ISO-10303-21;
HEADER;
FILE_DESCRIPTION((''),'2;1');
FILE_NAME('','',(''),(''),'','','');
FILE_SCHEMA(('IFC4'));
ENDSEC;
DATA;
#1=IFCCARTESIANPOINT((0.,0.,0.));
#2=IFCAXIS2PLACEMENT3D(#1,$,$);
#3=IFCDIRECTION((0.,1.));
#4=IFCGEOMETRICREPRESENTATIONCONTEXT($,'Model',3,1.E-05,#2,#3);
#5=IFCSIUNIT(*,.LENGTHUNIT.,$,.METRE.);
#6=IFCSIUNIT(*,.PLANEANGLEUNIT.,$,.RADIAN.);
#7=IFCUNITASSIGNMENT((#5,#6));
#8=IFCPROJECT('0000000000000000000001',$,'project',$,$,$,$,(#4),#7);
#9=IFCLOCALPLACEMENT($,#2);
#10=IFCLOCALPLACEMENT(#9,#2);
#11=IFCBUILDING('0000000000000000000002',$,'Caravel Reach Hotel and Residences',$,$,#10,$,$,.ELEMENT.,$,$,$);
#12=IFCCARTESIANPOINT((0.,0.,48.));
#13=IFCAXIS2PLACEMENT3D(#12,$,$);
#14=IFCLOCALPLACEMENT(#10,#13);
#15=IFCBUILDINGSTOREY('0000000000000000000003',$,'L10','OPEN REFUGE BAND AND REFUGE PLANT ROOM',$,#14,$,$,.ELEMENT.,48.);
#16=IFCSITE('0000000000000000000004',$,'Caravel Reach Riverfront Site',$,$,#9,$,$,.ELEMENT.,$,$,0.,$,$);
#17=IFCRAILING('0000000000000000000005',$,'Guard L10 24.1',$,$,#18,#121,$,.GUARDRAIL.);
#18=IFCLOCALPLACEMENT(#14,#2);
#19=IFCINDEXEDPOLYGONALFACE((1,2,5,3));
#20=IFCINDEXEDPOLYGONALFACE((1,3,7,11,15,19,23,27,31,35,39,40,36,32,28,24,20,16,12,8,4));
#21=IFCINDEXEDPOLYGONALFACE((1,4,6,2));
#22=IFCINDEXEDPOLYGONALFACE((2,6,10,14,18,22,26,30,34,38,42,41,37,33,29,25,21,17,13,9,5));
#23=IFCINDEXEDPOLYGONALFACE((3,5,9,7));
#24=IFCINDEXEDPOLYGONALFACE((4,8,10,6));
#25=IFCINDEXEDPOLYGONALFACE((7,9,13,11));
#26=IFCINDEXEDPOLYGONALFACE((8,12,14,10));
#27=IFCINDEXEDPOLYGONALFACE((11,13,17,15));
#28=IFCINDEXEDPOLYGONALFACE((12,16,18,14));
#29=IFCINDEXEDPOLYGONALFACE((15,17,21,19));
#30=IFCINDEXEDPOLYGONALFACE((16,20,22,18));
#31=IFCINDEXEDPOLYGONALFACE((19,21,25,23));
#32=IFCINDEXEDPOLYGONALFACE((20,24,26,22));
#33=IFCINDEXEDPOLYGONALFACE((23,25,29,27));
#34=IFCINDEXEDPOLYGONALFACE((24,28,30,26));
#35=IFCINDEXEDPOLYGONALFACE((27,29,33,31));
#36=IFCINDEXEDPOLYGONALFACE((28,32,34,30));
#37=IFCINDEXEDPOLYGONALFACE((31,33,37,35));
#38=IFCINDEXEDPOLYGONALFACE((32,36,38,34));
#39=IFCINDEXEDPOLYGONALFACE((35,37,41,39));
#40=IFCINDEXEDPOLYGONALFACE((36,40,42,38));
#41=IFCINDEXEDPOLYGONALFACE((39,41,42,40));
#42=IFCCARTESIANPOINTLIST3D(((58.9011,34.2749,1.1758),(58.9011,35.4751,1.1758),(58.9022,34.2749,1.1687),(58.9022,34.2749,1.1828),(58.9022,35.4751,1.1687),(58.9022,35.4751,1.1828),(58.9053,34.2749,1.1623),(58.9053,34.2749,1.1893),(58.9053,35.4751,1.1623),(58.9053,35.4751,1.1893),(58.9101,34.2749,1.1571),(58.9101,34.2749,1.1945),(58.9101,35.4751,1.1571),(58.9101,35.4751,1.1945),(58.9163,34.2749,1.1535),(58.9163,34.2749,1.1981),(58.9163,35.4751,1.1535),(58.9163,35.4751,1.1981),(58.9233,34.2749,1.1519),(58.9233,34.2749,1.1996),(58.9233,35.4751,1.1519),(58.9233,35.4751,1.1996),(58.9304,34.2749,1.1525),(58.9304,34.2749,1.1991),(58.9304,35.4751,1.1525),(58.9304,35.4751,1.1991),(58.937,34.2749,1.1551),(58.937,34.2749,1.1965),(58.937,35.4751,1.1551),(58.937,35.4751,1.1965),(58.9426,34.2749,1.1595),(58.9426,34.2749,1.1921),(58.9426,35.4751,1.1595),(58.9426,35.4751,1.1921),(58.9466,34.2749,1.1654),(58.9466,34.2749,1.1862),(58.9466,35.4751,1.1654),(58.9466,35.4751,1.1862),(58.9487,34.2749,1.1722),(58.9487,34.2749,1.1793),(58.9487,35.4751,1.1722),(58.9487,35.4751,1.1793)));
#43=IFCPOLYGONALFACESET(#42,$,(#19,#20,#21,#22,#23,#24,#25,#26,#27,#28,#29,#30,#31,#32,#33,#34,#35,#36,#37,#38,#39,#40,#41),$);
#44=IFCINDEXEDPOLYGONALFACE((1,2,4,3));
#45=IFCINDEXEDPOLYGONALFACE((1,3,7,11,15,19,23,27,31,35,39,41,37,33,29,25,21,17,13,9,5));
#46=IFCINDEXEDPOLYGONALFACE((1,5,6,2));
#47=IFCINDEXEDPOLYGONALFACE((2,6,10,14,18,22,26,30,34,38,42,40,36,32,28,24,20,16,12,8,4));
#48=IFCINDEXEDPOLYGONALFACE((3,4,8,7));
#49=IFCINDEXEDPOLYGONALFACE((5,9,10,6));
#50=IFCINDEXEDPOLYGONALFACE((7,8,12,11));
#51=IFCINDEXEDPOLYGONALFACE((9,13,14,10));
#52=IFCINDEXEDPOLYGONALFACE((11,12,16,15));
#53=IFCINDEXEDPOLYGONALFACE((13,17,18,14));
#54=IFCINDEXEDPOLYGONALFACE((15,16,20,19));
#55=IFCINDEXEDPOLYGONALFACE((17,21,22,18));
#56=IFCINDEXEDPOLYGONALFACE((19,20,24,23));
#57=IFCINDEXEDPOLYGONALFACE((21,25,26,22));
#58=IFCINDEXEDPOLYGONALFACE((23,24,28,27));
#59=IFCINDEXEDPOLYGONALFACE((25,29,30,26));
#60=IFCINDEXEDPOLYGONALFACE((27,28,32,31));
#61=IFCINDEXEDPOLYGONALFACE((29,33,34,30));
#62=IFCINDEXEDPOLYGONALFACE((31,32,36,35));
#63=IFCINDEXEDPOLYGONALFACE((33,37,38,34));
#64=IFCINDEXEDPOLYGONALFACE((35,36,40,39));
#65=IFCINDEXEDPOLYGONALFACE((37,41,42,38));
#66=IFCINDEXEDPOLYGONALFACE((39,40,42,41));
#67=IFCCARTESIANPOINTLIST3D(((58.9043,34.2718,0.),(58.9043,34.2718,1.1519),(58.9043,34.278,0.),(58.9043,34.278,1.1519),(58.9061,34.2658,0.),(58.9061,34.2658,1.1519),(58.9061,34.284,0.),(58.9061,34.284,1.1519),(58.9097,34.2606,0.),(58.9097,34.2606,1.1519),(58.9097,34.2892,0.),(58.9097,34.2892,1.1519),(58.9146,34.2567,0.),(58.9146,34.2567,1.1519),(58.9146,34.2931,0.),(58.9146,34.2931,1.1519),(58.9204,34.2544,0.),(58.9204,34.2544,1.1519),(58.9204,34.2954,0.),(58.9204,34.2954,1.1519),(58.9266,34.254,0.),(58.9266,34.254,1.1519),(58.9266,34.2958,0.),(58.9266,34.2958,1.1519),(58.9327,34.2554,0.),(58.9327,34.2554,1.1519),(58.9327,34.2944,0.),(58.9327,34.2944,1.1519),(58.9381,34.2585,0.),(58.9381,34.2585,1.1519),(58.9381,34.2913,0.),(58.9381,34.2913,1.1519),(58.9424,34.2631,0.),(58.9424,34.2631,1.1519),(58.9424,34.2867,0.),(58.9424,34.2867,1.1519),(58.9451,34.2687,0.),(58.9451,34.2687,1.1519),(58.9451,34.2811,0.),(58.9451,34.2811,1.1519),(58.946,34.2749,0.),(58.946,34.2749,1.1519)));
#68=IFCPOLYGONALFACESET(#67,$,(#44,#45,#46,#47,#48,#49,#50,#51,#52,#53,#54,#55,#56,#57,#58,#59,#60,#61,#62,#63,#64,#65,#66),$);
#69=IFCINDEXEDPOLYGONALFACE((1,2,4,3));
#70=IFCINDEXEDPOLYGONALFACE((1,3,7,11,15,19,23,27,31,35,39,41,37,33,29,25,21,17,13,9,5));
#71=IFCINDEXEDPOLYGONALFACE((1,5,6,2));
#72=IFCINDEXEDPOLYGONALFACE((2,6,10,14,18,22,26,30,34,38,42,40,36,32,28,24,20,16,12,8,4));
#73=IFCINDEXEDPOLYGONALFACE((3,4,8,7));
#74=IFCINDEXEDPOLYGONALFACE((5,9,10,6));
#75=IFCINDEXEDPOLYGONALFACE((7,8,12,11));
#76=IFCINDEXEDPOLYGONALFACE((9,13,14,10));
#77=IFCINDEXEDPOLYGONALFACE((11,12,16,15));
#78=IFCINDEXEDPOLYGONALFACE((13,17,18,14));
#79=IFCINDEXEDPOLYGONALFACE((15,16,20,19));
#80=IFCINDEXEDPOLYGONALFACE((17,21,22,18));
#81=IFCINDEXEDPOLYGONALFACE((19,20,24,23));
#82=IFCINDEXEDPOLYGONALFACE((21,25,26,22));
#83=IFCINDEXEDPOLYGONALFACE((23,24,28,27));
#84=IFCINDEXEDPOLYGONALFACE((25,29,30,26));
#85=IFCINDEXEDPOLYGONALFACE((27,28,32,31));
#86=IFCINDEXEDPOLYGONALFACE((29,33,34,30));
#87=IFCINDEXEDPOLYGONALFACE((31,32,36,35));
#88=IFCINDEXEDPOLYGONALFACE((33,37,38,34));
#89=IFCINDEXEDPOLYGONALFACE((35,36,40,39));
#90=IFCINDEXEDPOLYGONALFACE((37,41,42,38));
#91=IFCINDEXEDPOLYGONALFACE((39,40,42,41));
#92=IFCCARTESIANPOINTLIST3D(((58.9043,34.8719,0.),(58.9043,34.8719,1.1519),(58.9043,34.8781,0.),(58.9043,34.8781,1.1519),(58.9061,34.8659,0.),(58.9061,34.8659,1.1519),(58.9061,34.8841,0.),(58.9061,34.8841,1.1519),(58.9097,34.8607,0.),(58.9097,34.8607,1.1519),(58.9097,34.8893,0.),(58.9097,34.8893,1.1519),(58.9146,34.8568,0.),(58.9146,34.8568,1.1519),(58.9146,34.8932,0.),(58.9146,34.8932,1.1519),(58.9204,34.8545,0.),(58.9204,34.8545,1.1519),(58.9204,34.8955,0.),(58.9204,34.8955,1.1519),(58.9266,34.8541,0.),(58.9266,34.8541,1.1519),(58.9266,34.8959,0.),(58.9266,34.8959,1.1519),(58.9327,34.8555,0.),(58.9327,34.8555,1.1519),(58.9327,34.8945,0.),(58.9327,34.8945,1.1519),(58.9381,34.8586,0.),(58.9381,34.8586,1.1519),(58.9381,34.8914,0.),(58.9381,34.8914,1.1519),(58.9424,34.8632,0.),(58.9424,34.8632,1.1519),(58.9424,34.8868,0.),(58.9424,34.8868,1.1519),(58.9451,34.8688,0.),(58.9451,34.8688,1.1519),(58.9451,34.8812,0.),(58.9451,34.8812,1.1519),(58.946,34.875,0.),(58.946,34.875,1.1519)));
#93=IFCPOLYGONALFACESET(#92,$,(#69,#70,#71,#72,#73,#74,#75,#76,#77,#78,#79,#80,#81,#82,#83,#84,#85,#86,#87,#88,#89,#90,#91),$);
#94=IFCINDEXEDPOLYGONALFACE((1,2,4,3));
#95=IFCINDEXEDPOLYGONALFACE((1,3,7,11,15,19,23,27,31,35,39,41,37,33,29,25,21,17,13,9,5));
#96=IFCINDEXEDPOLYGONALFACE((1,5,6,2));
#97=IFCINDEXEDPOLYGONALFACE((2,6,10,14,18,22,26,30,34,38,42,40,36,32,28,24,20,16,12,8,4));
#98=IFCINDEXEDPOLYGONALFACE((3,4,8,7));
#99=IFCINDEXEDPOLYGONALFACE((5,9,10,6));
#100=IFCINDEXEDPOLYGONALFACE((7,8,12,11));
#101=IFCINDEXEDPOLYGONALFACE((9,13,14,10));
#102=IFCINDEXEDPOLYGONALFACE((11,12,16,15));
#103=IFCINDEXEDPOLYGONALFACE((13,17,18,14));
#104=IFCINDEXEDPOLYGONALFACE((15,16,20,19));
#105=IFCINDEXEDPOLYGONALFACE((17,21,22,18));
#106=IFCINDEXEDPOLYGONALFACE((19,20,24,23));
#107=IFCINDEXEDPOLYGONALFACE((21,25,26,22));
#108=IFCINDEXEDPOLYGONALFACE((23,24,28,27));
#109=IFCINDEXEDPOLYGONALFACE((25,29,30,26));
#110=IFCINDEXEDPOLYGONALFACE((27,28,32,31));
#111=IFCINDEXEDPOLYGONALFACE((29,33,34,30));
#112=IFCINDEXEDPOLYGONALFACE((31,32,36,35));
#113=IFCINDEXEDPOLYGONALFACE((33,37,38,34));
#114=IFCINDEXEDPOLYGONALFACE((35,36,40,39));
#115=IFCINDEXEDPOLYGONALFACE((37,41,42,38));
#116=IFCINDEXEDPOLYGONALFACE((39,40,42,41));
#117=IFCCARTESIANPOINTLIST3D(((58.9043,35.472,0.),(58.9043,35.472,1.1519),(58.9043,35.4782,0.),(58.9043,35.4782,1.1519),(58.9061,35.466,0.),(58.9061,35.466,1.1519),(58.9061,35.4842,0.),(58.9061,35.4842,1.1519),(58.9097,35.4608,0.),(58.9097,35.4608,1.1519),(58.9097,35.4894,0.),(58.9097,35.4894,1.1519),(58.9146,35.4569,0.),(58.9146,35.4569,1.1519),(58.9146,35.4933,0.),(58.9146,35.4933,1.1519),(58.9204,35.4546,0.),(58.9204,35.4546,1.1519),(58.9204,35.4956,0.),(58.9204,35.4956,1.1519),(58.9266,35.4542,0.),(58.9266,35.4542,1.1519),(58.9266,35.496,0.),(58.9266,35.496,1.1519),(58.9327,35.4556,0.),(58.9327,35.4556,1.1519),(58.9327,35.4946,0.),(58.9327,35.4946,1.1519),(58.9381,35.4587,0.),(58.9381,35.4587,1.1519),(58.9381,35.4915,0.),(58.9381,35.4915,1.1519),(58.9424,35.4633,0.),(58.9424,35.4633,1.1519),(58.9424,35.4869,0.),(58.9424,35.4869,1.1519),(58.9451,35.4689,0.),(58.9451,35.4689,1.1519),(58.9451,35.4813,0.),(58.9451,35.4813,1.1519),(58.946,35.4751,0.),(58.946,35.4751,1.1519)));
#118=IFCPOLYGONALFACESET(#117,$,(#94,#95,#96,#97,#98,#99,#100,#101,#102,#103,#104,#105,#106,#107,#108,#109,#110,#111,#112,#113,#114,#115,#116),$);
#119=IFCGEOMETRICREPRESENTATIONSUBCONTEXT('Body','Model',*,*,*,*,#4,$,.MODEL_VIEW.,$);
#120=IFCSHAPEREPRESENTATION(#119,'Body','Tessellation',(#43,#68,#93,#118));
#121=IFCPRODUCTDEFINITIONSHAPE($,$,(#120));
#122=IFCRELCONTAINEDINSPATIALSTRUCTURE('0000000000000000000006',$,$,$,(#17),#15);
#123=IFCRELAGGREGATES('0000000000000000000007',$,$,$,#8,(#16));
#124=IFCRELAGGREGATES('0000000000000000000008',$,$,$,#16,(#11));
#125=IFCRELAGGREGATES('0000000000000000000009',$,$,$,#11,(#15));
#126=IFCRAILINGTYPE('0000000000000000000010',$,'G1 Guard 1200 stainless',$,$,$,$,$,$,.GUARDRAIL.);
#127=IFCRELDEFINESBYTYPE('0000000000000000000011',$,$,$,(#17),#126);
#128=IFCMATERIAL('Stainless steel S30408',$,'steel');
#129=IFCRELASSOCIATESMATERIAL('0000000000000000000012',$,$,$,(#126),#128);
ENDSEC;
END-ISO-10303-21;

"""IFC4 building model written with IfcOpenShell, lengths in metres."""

from ifc_helpers import new_model, si_unit, direction, frame, origin, origin_2d, place, context, subcontext, project, spatial, circle, extrude, material, type_object, element, save


model = new_model("IFC4")

# Units and contexts
model_context = context("Model", 3, precision=1e-05, world=origin(), true_north=direction((0.0, 1.0)))
body_context = subcontext(model_context, "Body", "Model", "MODEL_VIEW")
ifc_project = project(units=[si_unit("LENGTHUNIT", "METRE"), si_unit("PLANEANGLEUNIT", "RADIAN")], contexts=[model_context])

# Site, building, storey
site_placement = place(None, origin())
site = spatial("IfcSite", under=ifc_project, at=site_placement, Name="Caravel Reach Riverfront Site", CompositionType="ELEMENT", RefElevation=0.0)
building_placement = place(site_placement, origin())
building = spatial("IfcBuilding", under=site, at=building_placement, Name="Caravel Reach Hotel and Residences", CompositionType="ELEMENT")
storey_placement = place(building_placement, frame((0.0, 0.0, 48.0)))
storey = spatial("IfcBuildingStorey", under=building, at=storey_placement, Name="L10", Description="OPEN REFUGE BAND AND REFUGE PLANT ROOM", CompositionType="ELEMENT", Elevation=48.0)

# Railing
ifc_material_1 = material(Name="Stainless steel S30408", Category="steel")
railing_type = type_object("IfcRailingType", Name="G1 Guard 1200 stainless", PredefinedType="GUARDRAIL", material=ifc_material_1)
railing_1_placement = place(storey_placement, frame((58.925, 34.2749, 0.0)))
element("IfcRailing", 1, at=railing_1_placement, inside=storey, type_object=railing_type, Name="Guard L10 24.1", PredefinedType="GUARDRAIL", context=body_context, shape_type="SweptSolid", body=[
    extrude(circle(Radius=0.0239, at=origin_2d()), frame((0.0, 0.0, 1.1758), z_axis=(0.0, 1.0, 0.0), x_axis=(-1.0, 0.0, 0.0)), (0.0, 0.0, 1.0), 1.2002),
    extrude(circle(Radius=0.021, at=origin_2d()), origin(), (0.0, 0.0, 1.0), 1.1519),
    extrude(circle(Radius=0.021, at=origin_2d()), frame((0.0, 0.6001, 0.0)), (0.0, 0.0, 1.0), 1.1519),
    extrude(circle(Radius=0.021, at=origin_2d()), frame((0.0, 1.2002, 0.0)), (0.0, 0.0, 1.0), 1.1519),
])

save(model, "model.ifc")
